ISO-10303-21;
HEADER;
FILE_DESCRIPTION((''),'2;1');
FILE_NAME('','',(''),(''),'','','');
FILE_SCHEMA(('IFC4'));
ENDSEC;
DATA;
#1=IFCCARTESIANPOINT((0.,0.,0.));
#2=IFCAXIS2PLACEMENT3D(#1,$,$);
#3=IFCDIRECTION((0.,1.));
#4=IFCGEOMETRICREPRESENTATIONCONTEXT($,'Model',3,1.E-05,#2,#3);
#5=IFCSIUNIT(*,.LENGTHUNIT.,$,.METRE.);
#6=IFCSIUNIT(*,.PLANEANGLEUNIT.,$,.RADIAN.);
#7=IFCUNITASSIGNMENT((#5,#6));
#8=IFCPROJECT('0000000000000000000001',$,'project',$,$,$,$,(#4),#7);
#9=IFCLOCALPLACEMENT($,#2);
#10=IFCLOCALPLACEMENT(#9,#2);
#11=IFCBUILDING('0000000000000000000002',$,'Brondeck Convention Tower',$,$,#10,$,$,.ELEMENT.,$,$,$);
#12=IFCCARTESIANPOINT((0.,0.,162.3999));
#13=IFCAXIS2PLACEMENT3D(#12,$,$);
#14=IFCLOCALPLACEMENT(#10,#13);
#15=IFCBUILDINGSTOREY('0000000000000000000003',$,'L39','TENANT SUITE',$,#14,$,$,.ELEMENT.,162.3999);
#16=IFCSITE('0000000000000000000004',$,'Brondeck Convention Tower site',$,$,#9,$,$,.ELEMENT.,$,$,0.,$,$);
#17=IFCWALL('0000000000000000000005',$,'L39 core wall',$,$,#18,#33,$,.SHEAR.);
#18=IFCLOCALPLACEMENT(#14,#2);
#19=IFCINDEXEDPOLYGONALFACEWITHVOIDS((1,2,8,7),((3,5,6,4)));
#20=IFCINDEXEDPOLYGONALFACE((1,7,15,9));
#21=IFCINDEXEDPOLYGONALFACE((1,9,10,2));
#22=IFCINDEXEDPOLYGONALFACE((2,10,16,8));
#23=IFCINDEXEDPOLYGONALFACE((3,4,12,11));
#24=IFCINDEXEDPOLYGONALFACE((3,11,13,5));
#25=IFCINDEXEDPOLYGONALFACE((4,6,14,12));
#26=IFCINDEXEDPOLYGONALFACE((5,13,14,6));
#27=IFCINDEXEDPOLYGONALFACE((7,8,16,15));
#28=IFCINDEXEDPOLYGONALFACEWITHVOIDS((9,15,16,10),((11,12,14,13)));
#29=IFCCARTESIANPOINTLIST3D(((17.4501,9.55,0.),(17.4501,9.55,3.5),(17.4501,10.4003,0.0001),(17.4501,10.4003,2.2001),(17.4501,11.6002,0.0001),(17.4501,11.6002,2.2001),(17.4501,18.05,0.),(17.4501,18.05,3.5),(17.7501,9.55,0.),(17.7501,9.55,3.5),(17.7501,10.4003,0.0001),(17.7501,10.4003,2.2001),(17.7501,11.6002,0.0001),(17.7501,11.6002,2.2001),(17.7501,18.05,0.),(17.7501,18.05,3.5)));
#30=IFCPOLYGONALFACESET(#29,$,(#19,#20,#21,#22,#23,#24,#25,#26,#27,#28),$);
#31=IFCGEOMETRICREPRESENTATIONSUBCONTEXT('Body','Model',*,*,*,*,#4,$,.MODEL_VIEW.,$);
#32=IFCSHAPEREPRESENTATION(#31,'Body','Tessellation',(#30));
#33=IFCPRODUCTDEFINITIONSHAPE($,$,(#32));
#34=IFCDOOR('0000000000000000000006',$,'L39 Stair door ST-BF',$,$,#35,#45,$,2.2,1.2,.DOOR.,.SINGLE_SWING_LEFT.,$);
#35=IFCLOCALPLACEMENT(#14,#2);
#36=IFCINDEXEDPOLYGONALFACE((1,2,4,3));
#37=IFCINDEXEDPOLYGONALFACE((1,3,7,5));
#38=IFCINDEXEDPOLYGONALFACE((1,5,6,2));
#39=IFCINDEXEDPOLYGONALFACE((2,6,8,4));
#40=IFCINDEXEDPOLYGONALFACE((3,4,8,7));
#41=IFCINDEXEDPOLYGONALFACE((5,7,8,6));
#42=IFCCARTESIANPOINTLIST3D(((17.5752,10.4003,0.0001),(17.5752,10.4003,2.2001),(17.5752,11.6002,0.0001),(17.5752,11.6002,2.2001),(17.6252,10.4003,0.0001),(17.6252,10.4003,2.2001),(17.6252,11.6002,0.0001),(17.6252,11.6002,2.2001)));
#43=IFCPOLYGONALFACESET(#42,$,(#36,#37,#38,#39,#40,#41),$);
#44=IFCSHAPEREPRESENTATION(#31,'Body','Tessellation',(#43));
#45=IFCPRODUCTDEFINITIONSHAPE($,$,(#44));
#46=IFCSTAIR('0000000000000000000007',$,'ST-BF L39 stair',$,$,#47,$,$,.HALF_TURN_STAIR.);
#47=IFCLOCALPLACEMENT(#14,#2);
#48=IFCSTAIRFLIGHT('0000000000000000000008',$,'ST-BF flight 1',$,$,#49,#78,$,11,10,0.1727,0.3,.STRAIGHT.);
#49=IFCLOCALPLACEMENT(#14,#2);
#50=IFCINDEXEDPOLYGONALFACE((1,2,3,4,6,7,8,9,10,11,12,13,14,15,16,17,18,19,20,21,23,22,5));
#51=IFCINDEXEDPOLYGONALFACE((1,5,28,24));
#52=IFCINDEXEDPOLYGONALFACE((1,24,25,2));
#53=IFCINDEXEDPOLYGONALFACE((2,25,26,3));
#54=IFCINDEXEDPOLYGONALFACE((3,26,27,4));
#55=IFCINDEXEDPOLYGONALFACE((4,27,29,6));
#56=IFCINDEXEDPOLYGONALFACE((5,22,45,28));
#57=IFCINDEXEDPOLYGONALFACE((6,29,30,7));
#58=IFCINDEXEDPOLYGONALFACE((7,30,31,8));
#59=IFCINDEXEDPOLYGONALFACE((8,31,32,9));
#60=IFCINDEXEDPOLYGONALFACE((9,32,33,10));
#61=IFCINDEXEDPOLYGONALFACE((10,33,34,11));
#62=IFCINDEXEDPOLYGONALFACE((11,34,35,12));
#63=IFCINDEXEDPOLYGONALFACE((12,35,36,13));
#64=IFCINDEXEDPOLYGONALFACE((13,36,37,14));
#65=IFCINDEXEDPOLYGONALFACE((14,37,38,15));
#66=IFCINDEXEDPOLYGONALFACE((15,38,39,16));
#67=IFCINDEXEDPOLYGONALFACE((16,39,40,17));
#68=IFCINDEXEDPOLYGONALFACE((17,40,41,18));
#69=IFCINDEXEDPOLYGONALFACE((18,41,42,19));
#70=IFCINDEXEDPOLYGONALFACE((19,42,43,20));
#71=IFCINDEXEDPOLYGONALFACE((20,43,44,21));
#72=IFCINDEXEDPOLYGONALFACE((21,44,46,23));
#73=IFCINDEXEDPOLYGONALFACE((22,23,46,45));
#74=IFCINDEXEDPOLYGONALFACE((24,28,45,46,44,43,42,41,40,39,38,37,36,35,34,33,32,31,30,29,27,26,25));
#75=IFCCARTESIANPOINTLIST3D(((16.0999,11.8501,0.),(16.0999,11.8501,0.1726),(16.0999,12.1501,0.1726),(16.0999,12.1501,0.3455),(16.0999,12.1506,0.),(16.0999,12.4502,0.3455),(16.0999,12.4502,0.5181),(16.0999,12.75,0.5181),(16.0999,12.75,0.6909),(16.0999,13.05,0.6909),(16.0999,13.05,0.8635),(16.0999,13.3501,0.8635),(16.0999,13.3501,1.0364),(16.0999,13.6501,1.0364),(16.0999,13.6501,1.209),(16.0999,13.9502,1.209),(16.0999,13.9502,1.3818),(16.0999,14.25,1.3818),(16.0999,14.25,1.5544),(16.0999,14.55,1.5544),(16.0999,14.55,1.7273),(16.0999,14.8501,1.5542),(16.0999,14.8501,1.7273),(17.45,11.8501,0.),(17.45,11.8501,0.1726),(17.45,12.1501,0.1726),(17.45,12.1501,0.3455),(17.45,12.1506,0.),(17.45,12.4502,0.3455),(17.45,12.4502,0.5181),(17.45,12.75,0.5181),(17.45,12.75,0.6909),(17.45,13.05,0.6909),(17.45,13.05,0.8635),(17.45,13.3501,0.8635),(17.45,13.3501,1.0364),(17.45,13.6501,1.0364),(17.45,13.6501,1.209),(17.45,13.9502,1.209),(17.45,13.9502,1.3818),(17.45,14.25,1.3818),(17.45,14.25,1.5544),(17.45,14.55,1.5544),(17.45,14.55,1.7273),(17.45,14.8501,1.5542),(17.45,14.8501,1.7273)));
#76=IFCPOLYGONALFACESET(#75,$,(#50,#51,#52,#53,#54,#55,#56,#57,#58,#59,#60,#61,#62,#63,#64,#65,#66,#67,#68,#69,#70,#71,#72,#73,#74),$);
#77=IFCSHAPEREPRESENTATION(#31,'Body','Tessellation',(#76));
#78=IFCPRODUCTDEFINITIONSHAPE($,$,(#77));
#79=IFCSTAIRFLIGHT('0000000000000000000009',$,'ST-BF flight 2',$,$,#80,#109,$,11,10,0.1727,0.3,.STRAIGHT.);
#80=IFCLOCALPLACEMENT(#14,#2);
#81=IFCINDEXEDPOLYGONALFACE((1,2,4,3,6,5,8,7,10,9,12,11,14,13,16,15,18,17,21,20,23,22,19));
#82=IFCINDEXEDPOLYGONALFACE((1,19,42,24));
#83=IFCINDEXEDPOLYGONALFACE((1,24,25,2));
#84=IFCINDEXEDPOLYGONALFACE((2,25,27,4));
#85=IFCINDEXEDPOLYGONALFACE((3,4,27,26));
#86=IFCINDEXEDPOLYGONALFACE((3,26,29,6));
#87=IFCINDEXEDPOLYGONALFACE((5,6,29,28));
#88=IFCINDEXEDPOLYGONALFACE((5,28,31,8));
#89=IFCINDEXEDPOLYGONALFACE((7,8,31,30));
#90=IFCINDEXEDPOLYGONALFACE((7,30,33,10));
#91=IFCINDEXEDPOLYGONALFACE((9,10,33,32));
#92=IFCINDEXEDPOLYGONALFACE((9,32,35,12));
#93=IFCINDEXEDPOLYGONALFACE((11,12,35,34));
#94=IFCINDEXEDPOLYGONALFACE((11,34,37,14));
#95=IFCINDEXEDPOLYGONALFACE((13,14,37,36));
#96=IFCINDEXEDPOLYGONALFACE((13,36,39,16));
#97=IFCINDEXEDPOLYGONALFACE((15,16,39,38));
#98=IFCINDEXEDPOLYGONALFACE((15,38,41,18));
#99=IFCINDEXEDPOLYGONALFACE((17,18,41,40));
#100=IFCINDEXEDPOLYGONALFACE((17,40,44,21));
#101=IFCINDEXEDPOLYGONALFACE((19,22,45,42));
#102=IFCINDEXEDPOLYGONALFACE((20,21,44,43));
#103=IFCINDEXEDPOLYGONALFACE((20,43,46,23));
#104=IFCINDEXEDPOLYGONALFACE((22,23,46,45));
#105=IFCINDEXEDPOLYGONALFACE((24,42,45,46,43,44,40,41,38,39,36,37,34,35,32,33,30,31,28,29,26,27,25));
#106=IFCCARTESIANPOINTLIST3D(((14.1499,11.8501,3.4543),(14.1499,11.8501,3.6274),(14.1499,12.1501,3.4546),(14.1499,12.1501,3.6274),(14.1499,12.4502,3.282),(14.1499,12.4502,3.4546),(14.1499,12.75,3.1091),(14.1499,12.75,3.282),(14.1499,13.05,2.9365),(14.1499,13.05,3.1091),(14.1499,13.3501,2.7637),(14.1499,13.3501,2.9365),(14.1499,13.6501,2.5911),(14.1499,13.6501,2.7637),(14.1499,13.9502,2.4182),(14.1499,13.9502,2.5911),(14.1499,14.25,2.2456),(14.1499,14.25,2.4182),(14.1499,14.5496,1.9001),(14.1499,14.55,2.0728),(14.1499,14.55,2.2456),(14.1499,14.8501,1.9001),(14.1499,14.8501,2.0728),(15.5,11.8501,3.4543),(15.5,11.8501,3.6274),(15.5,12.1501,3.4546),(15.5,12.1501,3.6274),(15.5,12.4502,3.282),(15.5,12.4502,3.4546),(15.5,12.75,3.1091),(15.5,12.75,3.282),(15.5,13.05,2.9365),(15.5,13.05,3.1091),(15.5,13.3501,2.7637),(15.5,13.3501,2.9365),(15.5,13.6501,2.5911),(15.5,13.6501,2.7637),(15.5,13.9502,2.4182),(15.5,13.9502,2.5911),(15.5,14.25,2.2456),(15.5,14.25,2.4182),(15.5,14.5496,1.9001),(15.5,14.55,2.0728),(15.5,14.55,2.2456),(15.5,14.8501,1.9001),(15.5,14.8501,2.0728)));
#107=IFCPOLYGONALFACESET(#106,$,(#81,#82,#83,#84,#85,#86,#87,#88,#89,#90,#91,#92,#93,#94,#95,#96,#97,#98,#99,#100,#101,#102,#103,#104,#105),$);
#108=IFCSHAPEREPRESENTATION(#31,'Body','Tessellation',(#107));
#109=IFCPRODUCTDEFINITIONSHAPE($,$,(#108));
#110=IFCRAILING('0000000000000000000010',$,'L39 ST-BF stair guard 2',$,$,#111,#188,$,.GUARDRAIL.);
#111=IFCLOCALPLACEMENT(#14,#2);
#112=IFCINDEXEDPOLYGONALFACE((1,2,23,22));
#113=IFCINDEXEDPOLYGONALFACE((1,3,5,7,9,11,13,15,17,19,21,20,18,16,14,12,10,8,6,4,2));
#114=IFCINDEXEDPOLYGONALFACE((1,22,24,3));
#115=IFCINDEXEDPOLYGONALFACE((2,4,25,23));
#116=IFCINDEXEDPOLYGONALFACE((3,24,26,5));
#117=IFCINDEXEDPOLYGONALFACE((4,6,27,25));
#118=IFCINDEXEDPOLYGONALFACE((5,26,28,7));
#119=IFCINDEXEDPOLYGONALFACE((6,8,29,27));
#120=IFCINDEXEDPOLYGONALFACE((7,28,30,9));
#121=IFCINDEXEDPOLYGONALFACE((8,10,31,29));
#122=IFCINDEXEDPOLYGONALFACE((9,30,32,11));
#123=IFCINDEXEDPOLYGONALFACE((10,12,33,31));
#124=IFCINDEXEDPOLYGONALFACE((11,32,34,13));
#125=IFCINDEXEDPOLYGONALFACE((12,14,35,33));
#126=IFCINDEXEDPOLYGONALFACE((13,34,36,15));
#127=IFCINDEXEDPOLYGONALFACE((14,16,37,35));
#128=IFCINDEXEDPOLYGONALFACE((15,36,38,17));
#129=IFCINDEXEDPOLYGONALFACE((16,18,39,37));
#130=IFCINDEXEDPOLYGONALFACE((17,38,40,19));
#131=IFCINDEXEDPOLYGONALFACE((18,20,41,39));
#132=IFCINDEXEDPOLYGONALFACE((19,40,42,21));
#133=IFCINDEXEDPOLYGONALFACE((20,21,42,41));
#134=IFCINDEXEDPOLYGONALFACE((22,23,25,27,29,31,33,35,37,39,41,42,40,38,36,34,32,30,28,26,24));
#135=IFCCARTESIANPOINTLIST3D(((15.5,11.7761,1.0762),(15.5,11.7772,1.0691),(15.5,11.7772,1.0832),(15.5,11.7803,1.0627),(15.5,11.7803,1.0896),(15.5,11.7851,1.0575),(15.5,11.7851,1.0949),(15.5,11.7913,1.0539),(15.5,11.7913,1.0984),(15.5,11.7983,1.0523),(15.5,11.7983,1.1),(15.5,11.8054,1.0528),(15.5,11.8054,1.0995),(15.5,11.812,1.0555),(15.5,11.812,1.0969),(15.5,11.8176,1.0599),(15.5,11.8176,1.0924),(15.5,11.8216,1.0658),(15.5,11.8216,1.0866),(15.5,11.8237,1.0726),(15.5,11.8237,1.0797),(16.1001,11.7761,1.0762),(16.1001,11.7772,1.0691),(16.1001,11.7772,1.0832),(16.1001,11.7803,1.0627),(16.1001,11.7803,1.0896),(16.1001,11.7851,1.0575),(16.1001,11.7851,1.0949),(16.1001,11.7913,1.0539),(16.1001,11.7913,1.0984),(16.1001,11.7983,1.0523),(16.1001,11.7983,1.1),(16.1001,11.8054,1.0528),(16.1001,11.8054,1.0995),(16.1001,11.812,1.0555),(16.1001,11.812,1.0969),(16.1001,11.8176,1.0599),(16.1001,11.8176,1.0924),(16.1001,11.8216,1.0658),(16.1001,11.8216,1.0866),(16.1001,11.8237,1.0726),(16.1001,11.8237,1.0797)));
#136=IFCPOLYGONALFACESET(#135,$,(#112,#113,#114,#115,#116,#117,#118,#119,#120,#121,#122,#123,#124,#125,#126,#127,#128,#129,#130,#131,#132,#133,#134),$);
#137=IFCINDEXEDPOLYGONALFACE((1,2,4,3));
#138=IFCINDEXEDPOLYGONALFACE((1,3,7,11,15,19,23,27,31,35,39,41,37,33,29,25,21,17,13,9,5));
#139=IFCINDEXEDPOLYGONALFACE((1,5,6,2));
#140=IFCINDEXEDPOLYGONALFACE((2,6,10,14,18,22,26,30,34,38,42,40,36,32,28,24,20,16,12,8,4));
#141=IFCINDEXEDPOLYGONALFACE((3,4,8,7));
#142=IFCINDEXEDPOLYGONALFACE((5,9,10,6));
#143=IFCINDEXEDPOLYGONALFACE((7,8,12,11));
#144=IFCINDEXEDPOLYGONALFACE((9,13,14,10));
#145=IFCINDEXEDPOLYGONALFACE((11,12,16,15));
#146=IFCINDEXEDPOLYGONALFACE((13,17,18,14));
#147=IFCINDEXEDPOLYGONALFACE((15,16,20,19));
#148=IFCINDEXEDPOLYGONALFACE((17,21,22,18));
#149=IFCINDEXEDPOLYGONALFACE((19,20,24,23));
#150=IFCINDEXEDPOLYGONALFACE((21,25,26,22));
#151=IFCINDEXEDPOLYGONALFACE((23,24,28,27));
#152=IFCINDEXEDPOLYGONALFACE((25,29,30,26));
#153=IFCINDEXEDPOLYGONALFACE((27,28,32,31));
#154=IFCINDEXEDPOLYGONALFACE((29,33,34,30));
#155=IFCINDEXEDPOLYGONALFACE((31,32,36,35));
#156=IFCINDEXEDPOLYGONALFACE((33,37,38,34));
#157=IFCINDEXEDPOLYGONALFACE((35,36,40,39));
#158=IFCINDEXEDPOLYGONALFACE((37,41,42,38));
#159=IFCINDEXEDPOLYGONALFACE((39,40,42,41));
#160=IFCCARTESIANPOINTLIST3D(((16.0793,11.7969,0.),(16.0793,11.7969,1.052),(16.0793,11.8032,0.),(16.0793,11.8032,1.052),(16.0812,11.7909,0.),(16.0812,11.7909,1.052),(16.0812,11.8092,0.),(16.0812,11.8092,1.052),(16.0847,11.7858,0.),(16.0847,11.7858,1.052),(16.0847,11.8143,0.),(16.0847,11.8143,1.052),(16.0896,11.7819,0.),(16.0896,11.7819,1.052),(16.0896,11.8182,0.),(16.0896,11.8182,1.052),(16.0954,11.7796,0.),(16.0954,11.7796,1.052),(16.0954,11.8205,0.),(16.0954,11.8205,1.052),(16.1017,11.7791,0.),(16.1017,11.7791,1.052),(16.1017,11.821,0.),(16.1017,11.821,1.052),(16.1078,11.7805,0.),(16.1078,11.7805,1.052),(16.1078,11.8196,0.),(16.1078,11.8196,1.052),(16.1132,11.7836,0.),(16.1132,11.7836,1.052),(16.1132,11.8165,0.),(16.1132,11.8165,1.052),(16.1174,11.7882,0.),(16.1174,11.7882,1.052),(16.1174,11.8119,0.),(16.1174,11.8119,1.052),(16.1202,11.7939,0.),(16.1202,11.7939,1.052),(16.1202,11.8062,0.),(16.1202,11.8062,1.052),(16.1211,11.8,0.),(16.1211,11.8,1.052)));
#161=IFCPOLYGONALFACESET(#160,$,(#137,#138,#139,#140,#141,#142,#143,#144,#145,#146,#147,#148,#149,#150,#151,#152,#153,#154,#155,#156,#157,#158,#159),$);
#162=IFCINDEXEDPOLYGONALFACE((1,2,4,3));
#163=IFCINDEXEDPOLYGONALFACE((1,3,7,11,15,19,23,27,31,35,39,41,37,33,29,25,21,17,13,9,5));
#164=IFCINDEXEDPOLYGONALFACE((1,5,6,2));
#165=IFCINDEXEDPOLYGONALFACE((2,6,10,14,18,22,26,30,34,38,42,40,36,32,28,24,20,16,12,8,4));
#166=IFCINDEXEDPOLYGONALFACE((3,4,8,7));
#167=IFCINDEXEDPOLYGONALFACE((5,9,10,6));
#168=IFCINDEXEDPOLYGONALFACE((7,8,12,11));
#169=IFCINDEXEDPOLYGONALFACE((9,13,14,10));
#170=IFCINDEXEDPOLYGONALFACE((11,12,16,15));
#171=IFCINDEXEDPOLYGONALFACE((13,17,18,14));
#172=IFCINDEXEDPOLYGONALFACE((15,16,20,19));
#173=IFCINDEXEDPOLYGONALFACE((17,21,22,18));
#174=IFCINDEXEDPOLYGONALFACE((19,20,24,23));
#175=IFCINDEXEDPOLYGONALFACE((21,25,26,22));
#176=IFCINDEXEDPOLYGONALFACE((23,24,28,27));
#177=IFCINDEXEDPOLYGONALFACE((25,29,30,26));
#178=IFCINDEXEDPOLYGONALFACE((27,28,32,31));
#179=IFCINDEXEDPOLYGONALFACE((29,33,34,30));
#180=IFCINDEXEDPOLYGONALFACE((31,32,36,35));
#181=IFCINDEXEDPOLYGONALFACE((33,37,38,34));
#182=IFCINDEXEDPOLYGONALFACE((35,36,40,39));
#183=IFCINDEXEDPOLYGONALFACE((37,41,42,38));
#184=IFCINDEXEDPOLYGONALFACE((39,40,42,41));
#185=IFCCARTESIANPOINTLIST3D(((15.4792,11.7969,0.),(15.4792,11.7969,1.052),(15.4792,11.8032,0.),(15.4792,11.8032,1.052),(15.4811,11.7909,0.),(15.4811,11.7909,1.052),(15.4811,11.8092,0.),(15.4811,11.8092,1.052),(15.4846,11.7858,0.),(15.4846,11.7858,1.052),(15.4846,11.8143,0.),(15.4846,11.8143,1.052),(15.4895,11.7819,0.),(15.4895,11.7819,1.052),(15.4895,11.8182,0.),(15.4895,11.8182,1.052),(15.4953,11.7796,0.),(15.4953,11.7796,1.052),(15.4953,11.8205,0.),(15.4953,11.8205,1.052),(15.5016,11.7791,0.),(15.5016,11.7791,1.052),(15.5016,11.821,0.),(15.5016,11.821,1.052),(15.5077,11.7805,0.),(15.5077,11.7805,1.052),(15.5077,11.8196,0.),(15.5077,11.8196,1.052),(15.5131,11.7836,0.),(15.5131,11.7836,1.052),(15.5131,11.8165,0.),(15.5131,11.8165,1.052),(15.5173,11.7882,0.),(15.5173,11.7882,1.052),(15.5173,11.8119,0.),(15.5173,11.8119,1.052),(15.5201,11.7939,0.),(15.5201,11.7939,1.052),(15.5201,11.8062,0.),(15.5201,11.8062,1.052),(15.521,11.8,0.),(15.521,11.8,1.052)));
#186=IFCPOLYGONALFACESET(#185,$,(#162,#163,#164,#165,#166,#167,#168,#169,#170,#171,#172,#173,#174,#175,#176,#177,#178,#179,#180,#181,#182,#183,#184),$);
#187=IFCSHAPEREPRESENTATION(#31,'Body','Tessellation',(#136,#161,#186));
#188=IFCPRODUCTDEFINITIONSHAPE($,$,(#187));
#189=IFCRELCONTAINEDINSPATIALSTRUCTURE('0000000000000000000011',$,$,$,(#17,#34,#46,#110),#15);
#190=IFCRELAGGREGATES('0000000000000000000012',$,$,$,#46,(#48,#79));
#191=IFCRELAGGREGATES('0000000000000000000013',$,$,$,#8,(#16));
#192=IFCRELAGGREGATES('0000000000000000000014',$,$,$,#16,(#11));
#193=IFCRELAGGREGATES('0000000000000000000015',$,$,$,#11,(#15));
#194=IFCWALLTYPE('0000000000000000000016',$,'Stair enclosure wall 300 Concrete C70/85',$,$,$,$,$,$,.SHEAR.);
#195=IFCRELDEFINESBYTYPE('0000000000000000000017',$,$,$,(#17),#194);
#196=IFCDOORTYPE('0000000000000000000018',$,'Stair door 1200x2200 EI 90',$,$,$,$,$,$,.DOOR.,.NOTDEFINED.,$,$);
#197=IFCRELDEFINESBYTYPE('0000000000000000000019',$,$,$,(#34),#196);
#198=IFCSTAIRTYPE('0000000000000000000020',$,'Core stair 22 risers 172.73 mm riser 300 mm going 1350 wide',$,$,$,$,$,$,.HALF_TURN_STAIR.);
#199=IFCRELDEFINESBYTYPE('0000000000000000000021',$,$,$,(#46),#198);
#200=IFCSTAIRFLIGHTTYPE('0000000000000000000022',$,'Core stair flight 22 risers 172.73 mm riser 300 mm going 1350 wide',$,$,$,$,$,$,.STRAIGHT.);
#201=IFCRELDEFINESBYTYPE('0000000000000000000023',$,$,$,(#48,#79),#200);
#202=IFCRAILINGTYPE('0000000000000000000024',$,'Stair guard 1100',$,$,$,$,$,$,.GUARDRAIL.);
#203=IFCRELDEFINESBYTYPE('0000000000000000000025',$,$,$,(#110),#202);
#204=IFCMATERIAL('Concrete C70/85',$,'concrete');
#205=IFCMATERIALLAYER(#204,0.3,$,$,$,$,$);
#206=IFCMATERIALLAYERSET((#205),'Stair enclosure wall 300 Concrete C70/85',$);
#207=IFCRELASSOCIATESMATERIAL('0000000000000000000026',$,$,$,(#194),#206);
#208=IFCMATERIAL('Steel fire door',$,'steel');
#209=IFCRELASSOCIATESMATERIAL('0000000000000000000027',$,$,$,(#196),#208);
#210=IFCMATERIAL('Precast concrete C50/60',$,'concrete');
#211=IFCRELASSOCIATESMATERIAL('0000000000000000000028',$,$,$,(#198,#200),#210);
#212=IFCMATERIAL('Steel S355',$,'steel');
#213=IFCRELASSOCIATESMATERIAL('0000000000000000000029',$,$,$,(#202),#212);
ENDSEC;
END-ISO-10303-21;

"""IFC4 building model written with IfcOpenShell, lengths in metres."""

from ifc_helpers import new_model, si_unit, direction, frame, frame_2d, origin, origin_2d, place, context, subcontext, project, spatial, polyline, rectangle, circle, outline, extrude, material, layer, layer_set, type_object, element, fill, aggregate, save


model = new_model("IFC4")

# Units and contexts
model_context = context("Model", 3, precision=1e-05, world=origin(), true_north=direction((0.0, 1.0)))
body_context = subcontext(model_context, "Body", "Model", "MODEL_VIEW")
ifc_project = project(units=[si_unit("LENGTHUNIT", "METRE"), si_unit("PLANEANGLEUNIT", "RADIAN")], contexts=[model_context])

# Site, building, storey
site_placement = place(None, origin())
site = spatial("IfcSite", under=ifc_project, at=site_placement, Name="Brondeck Convention Tower site", CompositionType="ELEMENT", RefElevation=0.0)
building_placement = place(site_placement, origin())
building = spatial("IfcBuilding", under=site, at=building_placement, Name="Brondeck Convention Tower", CompositionType="ELEMENT")
storey_placement = place(building_placement, frame((0.0, 0.0, 162.3999)))
storey = spatial("IfcBuildingStorey", under=building, at=storey_placement, Name="L39", Description="TENANT SUITE", CompositionType="ELEMENT", Elevation=162.3999)

# Shared definitions
ifc_material_1 = material(Name="Concrete C70/85", Category="concrete")

# Shared definitions
ifc_material_2 = material(Name="Steel S355", Category="steel")

# Shared definitions
ifc_layer_1 = layer(ifc_material_1, 0.3)
ifc_layer_set_1 = layer_set([ifc_layer_1], Name="Stair enclosure wall 300 Concrete C70/85")
wall_type_1 = type_object("IfcWallType", Name="Stair enclosure wall 300 Concrete C70/85", PredefinedType="SHEAR", material=ifc_layer_set_1)

# Wall, opening, door
wall_1_placement = place(storey_placement, frame((17.6001, 9.55, 0.0), z_axis=(0.0, 0.0, 1.0), x_axis=(0.0, 1.0, 0.0)))
wall_1 = element("IfcWall", 1, at=wall_1_placement, inside=storey, type_object=wall_type_1, Name="L39 core wall", PredefinedType="SHEAR", context=body_context, shape_type="SweptSolid", body=[
    extrude(rectangle(XDim=8.5, YDim=0.3, at=frame_2d((4.25, 0.0))), origin(), (0.0, 0.0, 1.0), 3.5),
])
opening_1_placement = place(wall_1_placement, frame((0.8501, 0.0, 0.0)))
opening_1 = element("IfcOpeningElement", 2, at=opening_1_placement, cuts=wall_1, PredefinedType="OPENING", context=body_context, shape_type="SweptSolid", body=[
    extrude(rectangle(XDim=1.2, YDim=2.2, at=frame_2d((0.6001, 1.1001))), frame((0.0, 0.1599, 0.0), z_axis=(0.0, -1.0, 0.0), x_axis=(1.0, 0.0, 0.0)), (0.0, 0.0, 1.0), 0.3201),
])
ifc_material_3 = material(Name="Steel fire door", Category="steel")
door_type_1 = type_object("IfcDoorType", Name="Stair door 1200x2200 EI 90", OperationType="NOTDEFINED", PredefinedType="DOOR", material=ifc_material_3)
door_1_placement = place(opening_1_placement, origin())
door_1 = element("IfcDoor", 3, at=door_1_placement, inside=storey, type_object=door_type_1, Name="L39 Stair door ST-BF", OperationType="SINGLE_SWING_LEFT", OverallHeight=2.2, OverallWidth=1.2, PredefinedType="DOOR", context=body_context, shape_type="SweptSolid", body=[
    extrude(rectangle(XDim=1.2, YDim=2.2, at=frame_2d((0.6001, 1.1001))), frame((0.0, 0.0249, 0.0), z_axis=(0.0, -1.0, 0.0), x_axis=(1.0, 0.0, 0.0)), (0.0, 0.0, 1.0), 0.05),
])
fill(opening_1, door_1)

# Stair, stair flights
ifc_material_4 = material(Name="Precast concrete C50/60", Category="concrete")
stair_type = type_object("IfcStairType", Name="Core stair 22 risers 172.73 mm riser 300 mm going 1350 wide", PredefinedType="HALF_TURN_STAIR", material=ifc_material_4)
stair_placement = place(storey_placement, origin())
stair = element("IfcStair", 4, at=stair_placement, inside=storey, type_object=stair_type, Name="ST-BF L39 stair", PredefinedType="HALF_TURN_STAIR")
stair_flight_type = type_object("IfcStairFlightType", Name="Core stair flight 22 risers 172.73 mm riser 300 mm going 1350 wide", PredefinedType="STRAIGHT", material=ifc_material_4)
stair_flight_1_placement = place(storey_placement, frame((16.7749, 11.8501, 0.0), z_axis=(0.0, 0.0, 1.0), x_axis=(0.0, 1.0, 0.0)))
stair_flight_1 = element("IfcStairFlight", 5, at=stair_flight_1_placement, type_object=stair_flight_type, Name="ST-BF flight 1", NumberOfRisers=11, NumberOfTreads=10, PredefinedType="STRAIGHT", RiserHeight=0.1727, TreadLength=0.3, context=body_context, shape_type="SweptSolid", body=[
    extrude(outline(polyline([(0.0, 0.0), (0.0, 0.1726), (0.3, 0.1726), (0.3, 0.3455), (0.6001, 0.3455), (0.6001, 0.5181), (0.8999, 0.5181), (0.8999, 0.6909), (1.2, 0.6909), (1.2, 0.8635), (1.5, 0.8635), (1.5, 1.0364), (1.8, 1.0364), (1.8, 1.209), (2.1001, 1.209), (2.1001, 1.3818), (2.3999, 1.3818), (2.3999, 1.5544), (2.7, 1.5544), (2.7, 1.7273), (3.0, 1.7273), (3.0, 1.8999), (3.0, 1.5542), (0.3005, 0.0), (0.0, 0.0)])), frame((0.0, 0.675, 0.0), z_axis=(0.0, -1.0, 0.0), x_axis=(1.0, 0.0, 0.0)), (0.0, 0.0, 1.0), 1.3501),
])
stair_flight_2_placement = place(storey_placement, frame((14.825, 14.8501, 1.9001), z_axis=(0.0, 0.0, 1.0), x_axis=(0.0, -1.0, 0.0)))
stair_flight_2 = element("IfcStairFlight", 6, at=stair_flight_2_placement, type_object=stair_flight_type, Name="ST-BF flight 2", NumberOfRisers=11, NumberOfTreads=10, PredefinedType="STRAIGHT", RiserHeight=0.1727, TreadLength=0.3, context=body_context, shape_type="SweptSolid", body=[
    extrude(outline(polyline([(0.0, 0.0), (0.0, 0.1726), (0.3, 0.1726), (0.3, 0.3455), (0.6001, 0.3455), (0.6001, 0.5181), (0.8999, 0.5181), (0.8999, 0.6909), (1.2, 0.6909), (1.2, 0.8635), (1.5, 0.8635), (1.5, 1.0364), (1.8, 1.0364), (1.8, 1.209), (2.1001, 1.209), (2.1001, 1.3818), (2.3999, 1.3818), (2.3999, 1.5544), (2.7, 1.5544), (2.7, 1.7273), (3.0, 1.7273), (3.0, 1.8999), (3.0, 1.5542), (0.3005, 0.0), (0.0, 0.0)])), frame((0.0, 0.675, 0.0), z_axis=(0.0, -1.0, 0.0), x_axis=(1.0, 0.0, 0.0)), (0.0, 0.0, 1.0), 1.3501),
])
aggregate(stair, [stair_flight_1, stair_flight_2])

# Railing
railing_type_1 = type_object("IfcRailingType", Name="Stair guard 1100", PredefinedType="GUARDRAIL", material=ifc_material_2)
railing_1_placement = place(storey_placement, frame((16.1001, 11.8, 0.0)))
element("IfcRailing", 7, at=railing_1_placement, inside=storey, type_object=railing_type_1, Name="L39 ST-BF stair guard 2", PredefinedType="GUARDRAIL", context=body_context, shape_type="SweptSolid", body=[
    extrude(circle(Radius=0.0239, at=origin_2d()), frame((0.0, 0.0, 1.0762), z_axis=(-1.0, 0.0, 0.0), x_axis=(0.0, -1.0, 0.0)), (0.0, 0.0, 1.0), 0.6001),
    extrude(circle(Radius=0.021, at=origin_2d()), origin(), (0.0, 0.0, 1.0), 1.052),
    extrude(circle(Radius=0.021, at=origin_2d()), frame((-0.6001, 0.0, 0.0)), (0.0, 0.0, 1.0), 1.052),
])

save(model, "model.ifc")
